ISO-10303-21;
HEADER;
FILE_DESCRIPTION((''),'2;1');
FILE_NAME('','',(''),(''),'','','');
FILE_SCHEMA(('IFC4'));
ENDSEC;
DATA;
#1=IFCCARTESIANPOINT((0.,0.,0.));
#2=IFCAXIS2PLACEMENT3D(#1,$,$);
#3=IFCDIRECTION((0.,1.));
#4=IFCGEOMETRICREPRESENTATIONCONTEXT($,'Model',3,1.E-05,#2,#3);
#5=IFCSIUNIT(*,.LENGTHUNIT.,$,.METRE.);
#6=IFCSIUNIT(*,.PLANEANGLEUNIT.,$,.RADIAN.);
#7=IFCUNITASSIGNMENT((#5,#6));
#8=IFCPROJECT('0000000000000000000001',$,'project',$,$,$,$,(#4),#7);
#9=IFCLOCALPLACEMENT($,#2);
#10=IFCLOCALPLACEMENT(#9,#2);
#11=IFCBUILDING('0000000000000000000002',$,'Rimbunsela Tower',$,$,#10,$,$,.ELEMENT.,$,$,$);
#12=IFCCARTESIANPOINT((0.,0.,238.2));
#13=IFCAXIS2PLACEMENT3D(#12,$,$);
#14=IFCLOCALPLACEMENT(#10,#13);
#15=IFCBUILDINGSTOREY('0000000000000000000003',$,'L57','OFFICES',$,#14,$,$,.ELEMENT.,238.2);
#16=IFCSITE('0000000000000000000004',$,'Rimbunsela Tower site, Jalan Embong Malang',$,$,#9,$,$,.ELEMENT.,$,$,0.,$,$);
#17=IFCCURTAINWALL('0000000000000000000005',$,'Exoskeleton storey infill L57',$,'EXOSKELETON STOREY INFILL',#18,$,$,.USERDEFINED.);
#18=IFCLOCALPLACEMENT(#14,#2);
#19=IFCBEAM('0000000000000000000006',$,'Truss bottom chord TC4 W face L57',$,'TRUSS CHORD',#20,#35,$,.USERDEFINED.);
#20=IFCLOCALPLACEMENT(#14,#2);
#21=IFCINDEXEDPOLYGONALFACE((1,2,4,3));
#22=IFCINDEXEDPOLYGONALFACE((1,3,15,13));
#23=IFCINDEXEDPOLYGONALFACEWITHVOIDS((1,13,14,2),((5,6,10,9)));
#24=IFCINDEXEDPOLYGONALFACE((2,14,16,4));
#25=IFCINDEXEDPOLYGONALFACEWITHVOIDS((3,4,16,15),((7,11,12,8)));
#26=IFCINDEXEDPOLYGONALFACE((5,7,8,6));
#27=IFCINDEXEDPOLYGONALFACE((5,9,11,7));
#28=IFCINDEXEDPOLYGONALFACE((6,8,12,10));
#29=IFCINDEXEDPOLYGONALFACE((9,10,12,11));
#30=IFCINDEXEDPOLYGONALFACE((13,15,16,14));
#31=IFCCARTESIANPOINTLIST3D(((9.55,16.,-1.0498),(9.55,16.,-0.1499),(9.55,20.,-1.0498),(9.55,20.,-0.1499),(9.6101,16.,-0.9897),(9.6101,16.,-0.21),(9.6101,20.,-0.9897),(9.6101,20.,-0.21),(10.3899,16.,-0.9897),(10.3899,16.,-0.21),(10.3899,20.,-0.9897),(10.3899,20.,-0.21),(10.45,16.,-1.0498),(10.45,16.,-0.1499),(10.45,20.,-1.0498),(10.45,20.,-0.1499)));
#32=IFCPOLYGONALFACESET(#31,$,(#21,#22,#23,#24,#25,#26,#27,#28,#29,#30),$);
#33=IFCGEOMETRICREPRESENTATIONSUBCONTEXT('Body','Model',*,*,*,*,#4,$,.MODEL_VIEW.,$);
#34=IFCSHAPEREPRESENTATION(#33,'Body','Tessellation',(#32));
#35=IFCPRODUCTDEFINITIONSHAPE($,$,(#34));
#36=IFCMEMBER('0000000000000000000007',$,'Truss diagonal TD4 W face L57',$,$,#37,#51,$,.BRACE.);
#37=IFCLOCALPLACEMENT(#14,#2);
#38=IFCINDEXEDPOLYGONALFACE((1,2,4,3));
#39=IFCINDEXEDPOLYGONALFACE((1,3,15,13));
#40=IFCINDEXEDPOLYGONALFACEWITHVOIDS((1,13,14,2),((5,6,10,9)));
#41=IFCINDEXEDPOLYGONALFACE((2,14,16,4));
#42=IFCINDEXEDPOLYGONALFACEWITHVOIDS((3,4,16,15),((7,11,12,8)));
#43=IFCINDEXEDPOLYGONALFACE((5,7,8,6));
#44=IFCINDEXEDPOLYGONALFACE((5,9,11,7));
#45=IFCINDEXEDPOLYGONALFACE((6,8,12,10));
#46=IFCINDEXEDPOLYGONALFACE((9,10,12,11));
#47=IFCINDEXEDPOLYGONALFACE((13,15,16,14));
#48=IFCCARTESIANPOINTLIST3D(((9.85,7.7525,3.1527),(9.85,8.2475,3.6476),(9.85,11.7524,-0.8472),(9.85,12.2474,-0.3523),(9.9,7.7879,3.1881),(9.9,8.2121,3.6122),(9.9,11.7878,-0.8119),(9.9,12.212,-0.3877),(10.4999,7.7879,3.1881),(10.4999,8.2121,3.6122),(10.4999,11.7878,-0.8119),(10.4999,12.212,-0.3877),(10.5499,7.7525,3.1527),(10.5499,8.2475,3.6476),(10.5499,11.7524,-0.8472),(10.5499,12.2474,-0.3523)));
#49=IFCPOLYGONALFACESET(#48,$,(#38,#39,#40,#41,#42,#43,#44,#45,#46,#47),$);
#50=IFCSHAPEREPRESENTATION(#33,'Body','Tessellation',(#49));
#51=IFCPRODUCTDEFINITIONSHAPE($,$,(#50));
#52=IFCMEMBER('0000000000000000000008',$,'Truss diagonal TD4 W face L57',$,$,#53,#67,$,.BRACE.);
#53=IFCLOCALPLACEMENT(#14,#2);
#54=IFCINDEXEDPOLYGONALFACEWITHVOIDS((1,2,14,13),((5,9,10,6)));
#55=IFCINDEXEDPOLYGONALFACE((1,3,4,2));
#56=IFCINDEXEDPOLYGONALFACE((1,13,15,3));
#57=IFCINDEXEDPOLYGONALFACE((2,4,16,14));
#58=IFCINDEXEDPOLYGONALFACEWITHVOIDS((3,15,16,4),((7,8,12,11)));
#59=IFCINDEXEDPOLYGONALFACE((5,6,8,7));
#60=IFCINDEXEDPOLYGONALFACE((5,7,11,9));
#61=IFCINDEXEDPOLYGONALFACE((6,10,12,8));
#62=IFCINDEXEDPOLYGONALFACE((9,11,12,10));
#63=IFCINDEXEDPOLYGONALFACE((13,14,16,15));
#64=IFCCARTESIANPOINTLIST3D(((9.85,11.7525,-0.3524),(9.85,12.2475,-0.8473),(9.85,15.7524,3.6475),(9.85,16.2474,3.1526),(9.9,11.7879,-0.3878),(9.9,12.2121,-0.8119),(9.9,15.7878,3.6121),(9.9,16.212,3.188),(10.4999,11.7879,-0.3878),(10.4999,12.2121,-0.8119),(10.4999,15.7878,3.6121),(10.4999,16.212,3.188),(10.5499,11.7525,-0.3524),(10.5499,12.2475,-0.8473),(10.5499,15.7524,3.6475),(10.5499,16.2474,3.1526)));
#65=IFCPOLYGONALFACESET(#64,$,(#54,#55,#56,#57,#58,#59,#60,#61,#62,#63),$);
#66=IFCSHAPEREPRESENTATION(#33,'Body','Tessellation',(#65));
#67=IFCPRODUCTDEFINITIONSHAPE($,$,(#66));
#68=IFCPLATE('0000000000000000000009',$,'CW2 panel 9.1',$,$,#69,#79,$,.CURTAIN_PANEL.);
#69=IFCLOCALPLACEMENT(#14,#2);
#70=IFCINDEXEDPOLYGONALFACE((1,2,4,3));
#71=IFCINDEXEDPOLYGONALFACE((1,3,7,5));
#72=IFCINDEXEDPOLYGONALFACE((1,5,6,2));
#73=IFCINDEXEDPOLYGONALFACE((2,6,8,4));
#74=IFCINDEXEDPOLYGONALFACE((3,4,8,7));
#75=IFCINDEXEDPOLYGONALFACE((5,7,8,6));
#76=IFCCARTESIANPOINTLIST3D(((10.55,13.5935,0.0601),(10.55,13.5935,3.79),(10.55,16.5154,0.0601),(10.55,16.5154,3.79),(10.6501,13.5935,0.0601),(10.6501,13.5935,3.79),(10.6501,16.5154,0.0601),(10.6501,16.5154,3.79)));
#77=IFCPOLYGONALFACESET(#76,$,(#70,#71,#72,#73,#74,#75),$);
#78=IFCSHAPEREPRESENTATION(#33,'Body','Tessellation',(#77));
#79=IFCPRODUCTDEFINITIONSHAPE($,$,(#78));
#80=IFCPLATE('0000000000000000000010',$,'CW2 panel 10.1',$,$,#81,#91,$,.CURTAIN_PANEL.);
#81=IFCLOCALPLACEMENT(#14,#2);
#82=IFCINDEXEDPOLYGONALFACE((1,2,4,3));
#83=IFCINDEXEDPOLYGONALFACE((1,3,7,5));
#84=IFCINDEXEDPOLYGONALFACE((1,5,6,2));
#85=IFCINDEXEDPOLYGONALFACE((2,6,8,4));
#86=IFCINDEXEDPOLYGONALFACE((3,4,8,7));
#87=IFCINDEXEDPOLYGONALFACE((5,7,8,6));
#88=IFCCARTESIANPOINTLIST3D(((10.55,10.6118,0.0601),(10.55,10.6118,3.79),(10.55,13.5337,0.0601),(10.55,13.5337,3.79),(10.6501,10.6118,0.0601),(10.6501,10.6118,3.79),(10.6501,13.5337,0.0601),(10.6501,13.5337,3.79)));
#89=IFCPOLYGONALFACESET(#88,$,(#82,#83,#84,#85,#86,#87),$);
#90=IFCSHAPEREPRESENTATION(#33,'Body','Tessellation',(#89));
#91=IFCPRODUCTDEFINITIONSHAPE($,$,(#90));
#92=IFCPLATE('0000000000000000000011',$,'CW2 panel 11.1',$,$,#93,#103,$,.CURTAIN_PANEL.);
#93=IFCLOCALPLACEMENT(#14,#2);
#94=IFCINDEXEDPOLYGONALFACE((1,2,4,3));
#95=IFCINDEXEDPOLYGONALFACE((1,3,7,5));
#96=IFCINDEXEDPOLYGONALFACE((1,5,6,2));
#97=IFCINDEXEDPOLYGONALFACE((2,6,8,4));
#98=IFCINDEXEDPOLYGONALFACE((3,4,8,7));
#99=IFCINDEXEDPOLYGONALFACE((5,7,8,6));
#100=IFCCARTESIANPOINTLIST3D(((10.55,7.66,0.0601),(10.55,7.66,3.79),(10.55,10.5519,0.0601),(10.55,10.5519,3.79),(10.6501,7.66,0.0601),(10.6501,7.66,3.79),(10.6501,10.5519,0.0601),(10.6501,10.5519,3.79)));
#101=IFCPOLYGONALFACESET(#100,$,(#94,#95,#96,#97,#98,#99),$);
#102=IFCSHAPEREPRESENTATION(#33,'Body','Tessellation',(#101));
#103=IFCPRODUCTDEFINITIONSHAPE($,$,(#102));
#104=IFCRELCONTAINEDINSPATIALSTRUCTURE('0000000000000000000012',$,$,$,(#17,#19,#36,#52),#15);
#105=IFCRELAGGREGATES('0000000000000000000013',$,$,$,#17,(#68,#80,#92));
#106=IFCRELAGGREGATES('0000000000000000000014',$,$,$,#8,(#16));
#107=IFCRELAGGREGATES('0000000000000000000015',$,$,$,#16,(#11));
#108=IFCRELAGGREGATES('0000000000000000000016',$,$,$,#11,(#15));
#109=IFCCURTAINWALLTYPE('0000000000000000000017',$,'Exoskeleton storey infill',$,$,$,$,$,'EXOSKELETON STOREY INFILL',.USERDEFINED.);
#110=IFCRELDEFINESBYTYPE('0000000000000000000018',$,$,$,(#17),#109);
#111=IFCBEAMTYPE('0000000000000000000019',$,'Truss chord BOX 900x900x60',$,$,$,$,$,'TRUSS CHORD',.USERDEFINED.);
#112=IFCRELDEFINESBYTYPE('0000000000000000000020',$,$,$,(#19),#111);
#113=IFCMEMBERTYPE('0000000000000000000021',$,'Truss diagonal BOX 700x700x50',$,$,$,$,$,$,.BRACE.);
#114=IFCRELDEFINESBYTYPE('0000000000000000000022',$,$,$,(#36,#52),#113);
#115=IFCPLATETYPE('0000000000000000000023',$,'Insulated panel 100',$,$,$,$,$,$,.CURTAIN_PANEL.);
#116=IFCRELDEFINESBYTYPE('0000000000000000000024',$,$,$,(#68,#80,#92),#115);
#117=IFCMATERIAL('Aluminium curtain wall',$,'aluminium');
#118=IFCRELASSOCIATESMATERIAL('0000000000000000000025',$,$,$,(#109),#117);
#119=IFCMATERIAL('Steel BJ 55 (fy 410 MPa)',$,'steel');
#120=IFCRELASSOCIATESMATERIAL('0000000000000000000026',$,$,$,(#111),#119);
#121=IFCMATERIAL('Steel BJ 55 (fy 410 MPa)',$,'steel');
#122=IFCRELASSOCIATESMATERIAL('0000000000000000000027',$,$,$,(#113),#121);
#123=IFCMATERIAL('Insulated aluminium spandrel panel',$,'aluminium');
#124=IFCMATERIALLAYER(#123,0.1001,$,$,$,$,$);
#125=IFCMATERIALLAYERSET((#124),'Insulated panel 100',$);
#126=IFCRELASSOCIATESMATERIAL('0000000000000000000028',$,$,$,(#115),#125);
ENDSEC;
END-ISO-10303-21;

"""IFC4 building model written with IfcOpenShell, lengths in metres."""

from ifc_helpers import new_model, si_unit, direction, frame, origin, origin_2d, place, context, subcontext, project, spatial, rectangle, hollow_rectangle, extrude, material, layer, layer_set, material_profile, profile_set, type_object, element, aggregate, save


model = new_model("IFC4")

# Units and contexts
model_context = context("Model", 3, precision=1e-05, world=origin(), true_north=direction((0.0, 1.0)))
body_context = subcontext(model_context, "Body", "Model", "MODEL_VIEW")
ifc_project = project(units=[si_unit("LENGTHUNIT", "METRE"), si_unit("PLANEANGLEUNIT", "RADIAN")], contexts=[model_context])

# Site, building, storey
site_placement = place(None, origin())
site = spatial("IfcSite", under=ifc_project, at=site_placement, Name="Rimbunsela Tower site, Jalan Embong Malang", CompositionType="ELEMENT", RefElevation=0.0)
building_placement = place(site_placement, origin())
building = spatial("IfcBuilding", under=site, at=building_placement, Name="Rimbunsela Tower", CompositionType="ELEMENT")
storey_placement = place(building_placement, frame((0.0, 0.0, 238.2)))
storey = spatial("IfcBuildingStorey", under=building, at=storey_placement, Name="L57", Description="OFFICES", CompositionType="ELEMENT", Elevation=238.2)

# Curtain wall
ifc_material_1 = material(Name="Aluminium curtain wall", Category="aluminium")
curtain_wall_type_1 = type_object("IfcCurtainWallType", Name="Exoskeleton storey infill", ElementType="EXOSKELETON STOREY INFILL", PredefinedType="USERDEFINED", material=ifc_material_1)
curtain_wall_1_placement = place(storey_placement, origin())
curtain_wall_1 = element("IfcCurtainWall", 1, at=curtain_wall_1_placement, inside=storey, type_object=curtain_wall_type_1, Name="Exoskeleton storey infill L57", ObjectType="EXOSKELETON STOREY INFILL", PredefinedType="USERDEFINED")

# Beam
ifc_material_2 = material(Name="Steel BJ 55 (fy 410 MPa)", Category="steel")
ifc_material_profile_1 = material_profile(ifc_material_2, hollow_rectangle(XDim=0.8999, YDim=0.8999, WallThickness=0.0601, at=origin_2d()), Name="BOX 900x900x60")
ifc_profile_set_1 = profile_set([ifc_material_profile_1], Name="Steel BJ 55 (fy 410 MPa)")
beam_type = type_object("IfcBeamType", Name="Truss chord BOX 900x900x60", ElementType="TRUSS CHORD", PredefinedType="USERDEFINED", material=ifc_profile_set_1)
for number, where, z_axis, x_axis, name in (
    (2, (10.0, 16.0, -0.5999), (0.0, 1.0, 0.0), (-1.0, 0.0, 0.0), "Truss bottom chord TC4 W face L57"),
):
    element("IfcBeam", number, at=place(storey_placement, frame(where, z_axis=z_axis, x_axis=x_axis)), inside=storey, type_object=beam_type, Name=name, ObjectType="TRUSS CHORD", PredefinedType="USERDEFINED", context=body_context, shape_type="SweptSolid", body=[
        extrude(hollow_rectangle(XDim=0.8999, YDim=0.8999, WallThickness=0.0601, at=origin_2d()), origin(), (0.0, 0.0, 1.0), 4.0),
    ])

# Members
ifc_material_3 = material(Name="Steel BJ 55 (fy 410 MPa)", Category="steel")
ifc_material_profile_2 = material_profile(ifc_material_3, hollow_rectangle(XDim=0.7, YDim=0.7, WallThickness=0.05, at=origin_2d()), Name="BOX 700x700x50")
ifc_profile_set_2 = profile_set([ifc_material_profile_2], Name="Steel BJ 55 (fy 410 MPa)")
member_type_1 = type_object("IfcMemberType", Name="Truss diagonal BOX 700x700x50", PredefinedType="BRACE", material=ifc_profile_set_2)
for number, where, z_axis, x_axis, name in (
    (3, (10.2, 8.0, 3.4001), (0.0, 0.707107, -0.707107), (-1.0, 0.0, 0.0), "Truss diagonal TD4 W face L57"),
    (4, (10.2, 12.0, -0.5999), (0.0, 0.707107, 0.707107), (-1.0, 0.0, 0.0), "Truss diagonal TD4 W face L57"),
):
    element("IfcMember", number, at=place(storey_placement, frame(where, z_axis=z_axis, x_axis=x_axis)), inside=storey, type_object=member_type_1, Name=name, PredefinedType="BRACE", context=body_context, shape_type="SweptSolid", body=[
        extrude(hollow_rectangle(XDim=0.7, YDim=0.7, WallThickness=0.05, at=origin_2d()), origin(), (0.0, 0.0, 1.0), 5.6567),
    ])

# Plates
ifc_material_4 = material(Name="Insulated aluminium spandrel panel", Category="aluminium")
ifc_layer = layer(ifc_material_4, 0.1001)
ifc_layer_set = layer_set([ifc_layer], Name="Insulated panel 100")
plate_type = type_object("IfcPlateType", Name="Insulated panel 100", PredefinedType="CURTAIN_PANEL", material=ifc_layer_set)
plate_1_placement = place(storey_placement, frame((10.6001, 15.0544, 0.0601), z_axis=(0.0, 0.0, 1.0), x_axis=(0.0, -1.0, 0.0)))
plate_1 = element("IfcPlate", 5, at=plate_1_placement, type_object=plate_type, Name="CW2 panel 9.1", PredefinedType="CURTAIN_PANEL", context=body_context, shape_type="SweptSolid", body=[
    extrude(rectangle(XDim=2.9219, YDim=0.1001, at=origin_2d()), origin(), (0.0, 0.0, 1.0), 3.73),
])
plate_2_placement = place(storey_placement, frame((10.6001, 12.0728, 0.0601), z_axis=(0.0, 0.0, 1.0), x_axis=(0.0, -1.0, 0.0)))
plate_2 = element("IfcPlate", 6, at=plate_2_placement, type_object=plate_type, Name="CW2 panel 10.1", PredefinedType="CURTAIN_PANEL", context=body_context, shape_type="SweptSolid", body=[
    extrude(rectangle(XDim=2.9219, YDim=0.1001, at=origin_2d()), origin(), (0.0, 0.0, 1.0), 3.73),
])
plate_3_placement = place(storey_placement, frame((10.6001, 9.106, 0.0601), z_axis=(0.0, 0.0, 1.0), x_axis=(0.0, -1.0, 0.0)))
plate_3 = element("IfcPlate", 7, at=plate_3_placement, type_object=plate_type, Name="CW2 panel 11.1", PredefinedType="CURTAIN_PANEL", context=body_context, shape_type="SweptSolid", body=[
    extrude(rectangle(XDim=2.8918, YDim=0.1001, at=origin_2d()), origin(), (0.0, 0.0, 1.0), 3.73),
])
aggregate(curtain_wall_1, [plate_1, plate_2, plate_3])

save(model, "model.ifc")
